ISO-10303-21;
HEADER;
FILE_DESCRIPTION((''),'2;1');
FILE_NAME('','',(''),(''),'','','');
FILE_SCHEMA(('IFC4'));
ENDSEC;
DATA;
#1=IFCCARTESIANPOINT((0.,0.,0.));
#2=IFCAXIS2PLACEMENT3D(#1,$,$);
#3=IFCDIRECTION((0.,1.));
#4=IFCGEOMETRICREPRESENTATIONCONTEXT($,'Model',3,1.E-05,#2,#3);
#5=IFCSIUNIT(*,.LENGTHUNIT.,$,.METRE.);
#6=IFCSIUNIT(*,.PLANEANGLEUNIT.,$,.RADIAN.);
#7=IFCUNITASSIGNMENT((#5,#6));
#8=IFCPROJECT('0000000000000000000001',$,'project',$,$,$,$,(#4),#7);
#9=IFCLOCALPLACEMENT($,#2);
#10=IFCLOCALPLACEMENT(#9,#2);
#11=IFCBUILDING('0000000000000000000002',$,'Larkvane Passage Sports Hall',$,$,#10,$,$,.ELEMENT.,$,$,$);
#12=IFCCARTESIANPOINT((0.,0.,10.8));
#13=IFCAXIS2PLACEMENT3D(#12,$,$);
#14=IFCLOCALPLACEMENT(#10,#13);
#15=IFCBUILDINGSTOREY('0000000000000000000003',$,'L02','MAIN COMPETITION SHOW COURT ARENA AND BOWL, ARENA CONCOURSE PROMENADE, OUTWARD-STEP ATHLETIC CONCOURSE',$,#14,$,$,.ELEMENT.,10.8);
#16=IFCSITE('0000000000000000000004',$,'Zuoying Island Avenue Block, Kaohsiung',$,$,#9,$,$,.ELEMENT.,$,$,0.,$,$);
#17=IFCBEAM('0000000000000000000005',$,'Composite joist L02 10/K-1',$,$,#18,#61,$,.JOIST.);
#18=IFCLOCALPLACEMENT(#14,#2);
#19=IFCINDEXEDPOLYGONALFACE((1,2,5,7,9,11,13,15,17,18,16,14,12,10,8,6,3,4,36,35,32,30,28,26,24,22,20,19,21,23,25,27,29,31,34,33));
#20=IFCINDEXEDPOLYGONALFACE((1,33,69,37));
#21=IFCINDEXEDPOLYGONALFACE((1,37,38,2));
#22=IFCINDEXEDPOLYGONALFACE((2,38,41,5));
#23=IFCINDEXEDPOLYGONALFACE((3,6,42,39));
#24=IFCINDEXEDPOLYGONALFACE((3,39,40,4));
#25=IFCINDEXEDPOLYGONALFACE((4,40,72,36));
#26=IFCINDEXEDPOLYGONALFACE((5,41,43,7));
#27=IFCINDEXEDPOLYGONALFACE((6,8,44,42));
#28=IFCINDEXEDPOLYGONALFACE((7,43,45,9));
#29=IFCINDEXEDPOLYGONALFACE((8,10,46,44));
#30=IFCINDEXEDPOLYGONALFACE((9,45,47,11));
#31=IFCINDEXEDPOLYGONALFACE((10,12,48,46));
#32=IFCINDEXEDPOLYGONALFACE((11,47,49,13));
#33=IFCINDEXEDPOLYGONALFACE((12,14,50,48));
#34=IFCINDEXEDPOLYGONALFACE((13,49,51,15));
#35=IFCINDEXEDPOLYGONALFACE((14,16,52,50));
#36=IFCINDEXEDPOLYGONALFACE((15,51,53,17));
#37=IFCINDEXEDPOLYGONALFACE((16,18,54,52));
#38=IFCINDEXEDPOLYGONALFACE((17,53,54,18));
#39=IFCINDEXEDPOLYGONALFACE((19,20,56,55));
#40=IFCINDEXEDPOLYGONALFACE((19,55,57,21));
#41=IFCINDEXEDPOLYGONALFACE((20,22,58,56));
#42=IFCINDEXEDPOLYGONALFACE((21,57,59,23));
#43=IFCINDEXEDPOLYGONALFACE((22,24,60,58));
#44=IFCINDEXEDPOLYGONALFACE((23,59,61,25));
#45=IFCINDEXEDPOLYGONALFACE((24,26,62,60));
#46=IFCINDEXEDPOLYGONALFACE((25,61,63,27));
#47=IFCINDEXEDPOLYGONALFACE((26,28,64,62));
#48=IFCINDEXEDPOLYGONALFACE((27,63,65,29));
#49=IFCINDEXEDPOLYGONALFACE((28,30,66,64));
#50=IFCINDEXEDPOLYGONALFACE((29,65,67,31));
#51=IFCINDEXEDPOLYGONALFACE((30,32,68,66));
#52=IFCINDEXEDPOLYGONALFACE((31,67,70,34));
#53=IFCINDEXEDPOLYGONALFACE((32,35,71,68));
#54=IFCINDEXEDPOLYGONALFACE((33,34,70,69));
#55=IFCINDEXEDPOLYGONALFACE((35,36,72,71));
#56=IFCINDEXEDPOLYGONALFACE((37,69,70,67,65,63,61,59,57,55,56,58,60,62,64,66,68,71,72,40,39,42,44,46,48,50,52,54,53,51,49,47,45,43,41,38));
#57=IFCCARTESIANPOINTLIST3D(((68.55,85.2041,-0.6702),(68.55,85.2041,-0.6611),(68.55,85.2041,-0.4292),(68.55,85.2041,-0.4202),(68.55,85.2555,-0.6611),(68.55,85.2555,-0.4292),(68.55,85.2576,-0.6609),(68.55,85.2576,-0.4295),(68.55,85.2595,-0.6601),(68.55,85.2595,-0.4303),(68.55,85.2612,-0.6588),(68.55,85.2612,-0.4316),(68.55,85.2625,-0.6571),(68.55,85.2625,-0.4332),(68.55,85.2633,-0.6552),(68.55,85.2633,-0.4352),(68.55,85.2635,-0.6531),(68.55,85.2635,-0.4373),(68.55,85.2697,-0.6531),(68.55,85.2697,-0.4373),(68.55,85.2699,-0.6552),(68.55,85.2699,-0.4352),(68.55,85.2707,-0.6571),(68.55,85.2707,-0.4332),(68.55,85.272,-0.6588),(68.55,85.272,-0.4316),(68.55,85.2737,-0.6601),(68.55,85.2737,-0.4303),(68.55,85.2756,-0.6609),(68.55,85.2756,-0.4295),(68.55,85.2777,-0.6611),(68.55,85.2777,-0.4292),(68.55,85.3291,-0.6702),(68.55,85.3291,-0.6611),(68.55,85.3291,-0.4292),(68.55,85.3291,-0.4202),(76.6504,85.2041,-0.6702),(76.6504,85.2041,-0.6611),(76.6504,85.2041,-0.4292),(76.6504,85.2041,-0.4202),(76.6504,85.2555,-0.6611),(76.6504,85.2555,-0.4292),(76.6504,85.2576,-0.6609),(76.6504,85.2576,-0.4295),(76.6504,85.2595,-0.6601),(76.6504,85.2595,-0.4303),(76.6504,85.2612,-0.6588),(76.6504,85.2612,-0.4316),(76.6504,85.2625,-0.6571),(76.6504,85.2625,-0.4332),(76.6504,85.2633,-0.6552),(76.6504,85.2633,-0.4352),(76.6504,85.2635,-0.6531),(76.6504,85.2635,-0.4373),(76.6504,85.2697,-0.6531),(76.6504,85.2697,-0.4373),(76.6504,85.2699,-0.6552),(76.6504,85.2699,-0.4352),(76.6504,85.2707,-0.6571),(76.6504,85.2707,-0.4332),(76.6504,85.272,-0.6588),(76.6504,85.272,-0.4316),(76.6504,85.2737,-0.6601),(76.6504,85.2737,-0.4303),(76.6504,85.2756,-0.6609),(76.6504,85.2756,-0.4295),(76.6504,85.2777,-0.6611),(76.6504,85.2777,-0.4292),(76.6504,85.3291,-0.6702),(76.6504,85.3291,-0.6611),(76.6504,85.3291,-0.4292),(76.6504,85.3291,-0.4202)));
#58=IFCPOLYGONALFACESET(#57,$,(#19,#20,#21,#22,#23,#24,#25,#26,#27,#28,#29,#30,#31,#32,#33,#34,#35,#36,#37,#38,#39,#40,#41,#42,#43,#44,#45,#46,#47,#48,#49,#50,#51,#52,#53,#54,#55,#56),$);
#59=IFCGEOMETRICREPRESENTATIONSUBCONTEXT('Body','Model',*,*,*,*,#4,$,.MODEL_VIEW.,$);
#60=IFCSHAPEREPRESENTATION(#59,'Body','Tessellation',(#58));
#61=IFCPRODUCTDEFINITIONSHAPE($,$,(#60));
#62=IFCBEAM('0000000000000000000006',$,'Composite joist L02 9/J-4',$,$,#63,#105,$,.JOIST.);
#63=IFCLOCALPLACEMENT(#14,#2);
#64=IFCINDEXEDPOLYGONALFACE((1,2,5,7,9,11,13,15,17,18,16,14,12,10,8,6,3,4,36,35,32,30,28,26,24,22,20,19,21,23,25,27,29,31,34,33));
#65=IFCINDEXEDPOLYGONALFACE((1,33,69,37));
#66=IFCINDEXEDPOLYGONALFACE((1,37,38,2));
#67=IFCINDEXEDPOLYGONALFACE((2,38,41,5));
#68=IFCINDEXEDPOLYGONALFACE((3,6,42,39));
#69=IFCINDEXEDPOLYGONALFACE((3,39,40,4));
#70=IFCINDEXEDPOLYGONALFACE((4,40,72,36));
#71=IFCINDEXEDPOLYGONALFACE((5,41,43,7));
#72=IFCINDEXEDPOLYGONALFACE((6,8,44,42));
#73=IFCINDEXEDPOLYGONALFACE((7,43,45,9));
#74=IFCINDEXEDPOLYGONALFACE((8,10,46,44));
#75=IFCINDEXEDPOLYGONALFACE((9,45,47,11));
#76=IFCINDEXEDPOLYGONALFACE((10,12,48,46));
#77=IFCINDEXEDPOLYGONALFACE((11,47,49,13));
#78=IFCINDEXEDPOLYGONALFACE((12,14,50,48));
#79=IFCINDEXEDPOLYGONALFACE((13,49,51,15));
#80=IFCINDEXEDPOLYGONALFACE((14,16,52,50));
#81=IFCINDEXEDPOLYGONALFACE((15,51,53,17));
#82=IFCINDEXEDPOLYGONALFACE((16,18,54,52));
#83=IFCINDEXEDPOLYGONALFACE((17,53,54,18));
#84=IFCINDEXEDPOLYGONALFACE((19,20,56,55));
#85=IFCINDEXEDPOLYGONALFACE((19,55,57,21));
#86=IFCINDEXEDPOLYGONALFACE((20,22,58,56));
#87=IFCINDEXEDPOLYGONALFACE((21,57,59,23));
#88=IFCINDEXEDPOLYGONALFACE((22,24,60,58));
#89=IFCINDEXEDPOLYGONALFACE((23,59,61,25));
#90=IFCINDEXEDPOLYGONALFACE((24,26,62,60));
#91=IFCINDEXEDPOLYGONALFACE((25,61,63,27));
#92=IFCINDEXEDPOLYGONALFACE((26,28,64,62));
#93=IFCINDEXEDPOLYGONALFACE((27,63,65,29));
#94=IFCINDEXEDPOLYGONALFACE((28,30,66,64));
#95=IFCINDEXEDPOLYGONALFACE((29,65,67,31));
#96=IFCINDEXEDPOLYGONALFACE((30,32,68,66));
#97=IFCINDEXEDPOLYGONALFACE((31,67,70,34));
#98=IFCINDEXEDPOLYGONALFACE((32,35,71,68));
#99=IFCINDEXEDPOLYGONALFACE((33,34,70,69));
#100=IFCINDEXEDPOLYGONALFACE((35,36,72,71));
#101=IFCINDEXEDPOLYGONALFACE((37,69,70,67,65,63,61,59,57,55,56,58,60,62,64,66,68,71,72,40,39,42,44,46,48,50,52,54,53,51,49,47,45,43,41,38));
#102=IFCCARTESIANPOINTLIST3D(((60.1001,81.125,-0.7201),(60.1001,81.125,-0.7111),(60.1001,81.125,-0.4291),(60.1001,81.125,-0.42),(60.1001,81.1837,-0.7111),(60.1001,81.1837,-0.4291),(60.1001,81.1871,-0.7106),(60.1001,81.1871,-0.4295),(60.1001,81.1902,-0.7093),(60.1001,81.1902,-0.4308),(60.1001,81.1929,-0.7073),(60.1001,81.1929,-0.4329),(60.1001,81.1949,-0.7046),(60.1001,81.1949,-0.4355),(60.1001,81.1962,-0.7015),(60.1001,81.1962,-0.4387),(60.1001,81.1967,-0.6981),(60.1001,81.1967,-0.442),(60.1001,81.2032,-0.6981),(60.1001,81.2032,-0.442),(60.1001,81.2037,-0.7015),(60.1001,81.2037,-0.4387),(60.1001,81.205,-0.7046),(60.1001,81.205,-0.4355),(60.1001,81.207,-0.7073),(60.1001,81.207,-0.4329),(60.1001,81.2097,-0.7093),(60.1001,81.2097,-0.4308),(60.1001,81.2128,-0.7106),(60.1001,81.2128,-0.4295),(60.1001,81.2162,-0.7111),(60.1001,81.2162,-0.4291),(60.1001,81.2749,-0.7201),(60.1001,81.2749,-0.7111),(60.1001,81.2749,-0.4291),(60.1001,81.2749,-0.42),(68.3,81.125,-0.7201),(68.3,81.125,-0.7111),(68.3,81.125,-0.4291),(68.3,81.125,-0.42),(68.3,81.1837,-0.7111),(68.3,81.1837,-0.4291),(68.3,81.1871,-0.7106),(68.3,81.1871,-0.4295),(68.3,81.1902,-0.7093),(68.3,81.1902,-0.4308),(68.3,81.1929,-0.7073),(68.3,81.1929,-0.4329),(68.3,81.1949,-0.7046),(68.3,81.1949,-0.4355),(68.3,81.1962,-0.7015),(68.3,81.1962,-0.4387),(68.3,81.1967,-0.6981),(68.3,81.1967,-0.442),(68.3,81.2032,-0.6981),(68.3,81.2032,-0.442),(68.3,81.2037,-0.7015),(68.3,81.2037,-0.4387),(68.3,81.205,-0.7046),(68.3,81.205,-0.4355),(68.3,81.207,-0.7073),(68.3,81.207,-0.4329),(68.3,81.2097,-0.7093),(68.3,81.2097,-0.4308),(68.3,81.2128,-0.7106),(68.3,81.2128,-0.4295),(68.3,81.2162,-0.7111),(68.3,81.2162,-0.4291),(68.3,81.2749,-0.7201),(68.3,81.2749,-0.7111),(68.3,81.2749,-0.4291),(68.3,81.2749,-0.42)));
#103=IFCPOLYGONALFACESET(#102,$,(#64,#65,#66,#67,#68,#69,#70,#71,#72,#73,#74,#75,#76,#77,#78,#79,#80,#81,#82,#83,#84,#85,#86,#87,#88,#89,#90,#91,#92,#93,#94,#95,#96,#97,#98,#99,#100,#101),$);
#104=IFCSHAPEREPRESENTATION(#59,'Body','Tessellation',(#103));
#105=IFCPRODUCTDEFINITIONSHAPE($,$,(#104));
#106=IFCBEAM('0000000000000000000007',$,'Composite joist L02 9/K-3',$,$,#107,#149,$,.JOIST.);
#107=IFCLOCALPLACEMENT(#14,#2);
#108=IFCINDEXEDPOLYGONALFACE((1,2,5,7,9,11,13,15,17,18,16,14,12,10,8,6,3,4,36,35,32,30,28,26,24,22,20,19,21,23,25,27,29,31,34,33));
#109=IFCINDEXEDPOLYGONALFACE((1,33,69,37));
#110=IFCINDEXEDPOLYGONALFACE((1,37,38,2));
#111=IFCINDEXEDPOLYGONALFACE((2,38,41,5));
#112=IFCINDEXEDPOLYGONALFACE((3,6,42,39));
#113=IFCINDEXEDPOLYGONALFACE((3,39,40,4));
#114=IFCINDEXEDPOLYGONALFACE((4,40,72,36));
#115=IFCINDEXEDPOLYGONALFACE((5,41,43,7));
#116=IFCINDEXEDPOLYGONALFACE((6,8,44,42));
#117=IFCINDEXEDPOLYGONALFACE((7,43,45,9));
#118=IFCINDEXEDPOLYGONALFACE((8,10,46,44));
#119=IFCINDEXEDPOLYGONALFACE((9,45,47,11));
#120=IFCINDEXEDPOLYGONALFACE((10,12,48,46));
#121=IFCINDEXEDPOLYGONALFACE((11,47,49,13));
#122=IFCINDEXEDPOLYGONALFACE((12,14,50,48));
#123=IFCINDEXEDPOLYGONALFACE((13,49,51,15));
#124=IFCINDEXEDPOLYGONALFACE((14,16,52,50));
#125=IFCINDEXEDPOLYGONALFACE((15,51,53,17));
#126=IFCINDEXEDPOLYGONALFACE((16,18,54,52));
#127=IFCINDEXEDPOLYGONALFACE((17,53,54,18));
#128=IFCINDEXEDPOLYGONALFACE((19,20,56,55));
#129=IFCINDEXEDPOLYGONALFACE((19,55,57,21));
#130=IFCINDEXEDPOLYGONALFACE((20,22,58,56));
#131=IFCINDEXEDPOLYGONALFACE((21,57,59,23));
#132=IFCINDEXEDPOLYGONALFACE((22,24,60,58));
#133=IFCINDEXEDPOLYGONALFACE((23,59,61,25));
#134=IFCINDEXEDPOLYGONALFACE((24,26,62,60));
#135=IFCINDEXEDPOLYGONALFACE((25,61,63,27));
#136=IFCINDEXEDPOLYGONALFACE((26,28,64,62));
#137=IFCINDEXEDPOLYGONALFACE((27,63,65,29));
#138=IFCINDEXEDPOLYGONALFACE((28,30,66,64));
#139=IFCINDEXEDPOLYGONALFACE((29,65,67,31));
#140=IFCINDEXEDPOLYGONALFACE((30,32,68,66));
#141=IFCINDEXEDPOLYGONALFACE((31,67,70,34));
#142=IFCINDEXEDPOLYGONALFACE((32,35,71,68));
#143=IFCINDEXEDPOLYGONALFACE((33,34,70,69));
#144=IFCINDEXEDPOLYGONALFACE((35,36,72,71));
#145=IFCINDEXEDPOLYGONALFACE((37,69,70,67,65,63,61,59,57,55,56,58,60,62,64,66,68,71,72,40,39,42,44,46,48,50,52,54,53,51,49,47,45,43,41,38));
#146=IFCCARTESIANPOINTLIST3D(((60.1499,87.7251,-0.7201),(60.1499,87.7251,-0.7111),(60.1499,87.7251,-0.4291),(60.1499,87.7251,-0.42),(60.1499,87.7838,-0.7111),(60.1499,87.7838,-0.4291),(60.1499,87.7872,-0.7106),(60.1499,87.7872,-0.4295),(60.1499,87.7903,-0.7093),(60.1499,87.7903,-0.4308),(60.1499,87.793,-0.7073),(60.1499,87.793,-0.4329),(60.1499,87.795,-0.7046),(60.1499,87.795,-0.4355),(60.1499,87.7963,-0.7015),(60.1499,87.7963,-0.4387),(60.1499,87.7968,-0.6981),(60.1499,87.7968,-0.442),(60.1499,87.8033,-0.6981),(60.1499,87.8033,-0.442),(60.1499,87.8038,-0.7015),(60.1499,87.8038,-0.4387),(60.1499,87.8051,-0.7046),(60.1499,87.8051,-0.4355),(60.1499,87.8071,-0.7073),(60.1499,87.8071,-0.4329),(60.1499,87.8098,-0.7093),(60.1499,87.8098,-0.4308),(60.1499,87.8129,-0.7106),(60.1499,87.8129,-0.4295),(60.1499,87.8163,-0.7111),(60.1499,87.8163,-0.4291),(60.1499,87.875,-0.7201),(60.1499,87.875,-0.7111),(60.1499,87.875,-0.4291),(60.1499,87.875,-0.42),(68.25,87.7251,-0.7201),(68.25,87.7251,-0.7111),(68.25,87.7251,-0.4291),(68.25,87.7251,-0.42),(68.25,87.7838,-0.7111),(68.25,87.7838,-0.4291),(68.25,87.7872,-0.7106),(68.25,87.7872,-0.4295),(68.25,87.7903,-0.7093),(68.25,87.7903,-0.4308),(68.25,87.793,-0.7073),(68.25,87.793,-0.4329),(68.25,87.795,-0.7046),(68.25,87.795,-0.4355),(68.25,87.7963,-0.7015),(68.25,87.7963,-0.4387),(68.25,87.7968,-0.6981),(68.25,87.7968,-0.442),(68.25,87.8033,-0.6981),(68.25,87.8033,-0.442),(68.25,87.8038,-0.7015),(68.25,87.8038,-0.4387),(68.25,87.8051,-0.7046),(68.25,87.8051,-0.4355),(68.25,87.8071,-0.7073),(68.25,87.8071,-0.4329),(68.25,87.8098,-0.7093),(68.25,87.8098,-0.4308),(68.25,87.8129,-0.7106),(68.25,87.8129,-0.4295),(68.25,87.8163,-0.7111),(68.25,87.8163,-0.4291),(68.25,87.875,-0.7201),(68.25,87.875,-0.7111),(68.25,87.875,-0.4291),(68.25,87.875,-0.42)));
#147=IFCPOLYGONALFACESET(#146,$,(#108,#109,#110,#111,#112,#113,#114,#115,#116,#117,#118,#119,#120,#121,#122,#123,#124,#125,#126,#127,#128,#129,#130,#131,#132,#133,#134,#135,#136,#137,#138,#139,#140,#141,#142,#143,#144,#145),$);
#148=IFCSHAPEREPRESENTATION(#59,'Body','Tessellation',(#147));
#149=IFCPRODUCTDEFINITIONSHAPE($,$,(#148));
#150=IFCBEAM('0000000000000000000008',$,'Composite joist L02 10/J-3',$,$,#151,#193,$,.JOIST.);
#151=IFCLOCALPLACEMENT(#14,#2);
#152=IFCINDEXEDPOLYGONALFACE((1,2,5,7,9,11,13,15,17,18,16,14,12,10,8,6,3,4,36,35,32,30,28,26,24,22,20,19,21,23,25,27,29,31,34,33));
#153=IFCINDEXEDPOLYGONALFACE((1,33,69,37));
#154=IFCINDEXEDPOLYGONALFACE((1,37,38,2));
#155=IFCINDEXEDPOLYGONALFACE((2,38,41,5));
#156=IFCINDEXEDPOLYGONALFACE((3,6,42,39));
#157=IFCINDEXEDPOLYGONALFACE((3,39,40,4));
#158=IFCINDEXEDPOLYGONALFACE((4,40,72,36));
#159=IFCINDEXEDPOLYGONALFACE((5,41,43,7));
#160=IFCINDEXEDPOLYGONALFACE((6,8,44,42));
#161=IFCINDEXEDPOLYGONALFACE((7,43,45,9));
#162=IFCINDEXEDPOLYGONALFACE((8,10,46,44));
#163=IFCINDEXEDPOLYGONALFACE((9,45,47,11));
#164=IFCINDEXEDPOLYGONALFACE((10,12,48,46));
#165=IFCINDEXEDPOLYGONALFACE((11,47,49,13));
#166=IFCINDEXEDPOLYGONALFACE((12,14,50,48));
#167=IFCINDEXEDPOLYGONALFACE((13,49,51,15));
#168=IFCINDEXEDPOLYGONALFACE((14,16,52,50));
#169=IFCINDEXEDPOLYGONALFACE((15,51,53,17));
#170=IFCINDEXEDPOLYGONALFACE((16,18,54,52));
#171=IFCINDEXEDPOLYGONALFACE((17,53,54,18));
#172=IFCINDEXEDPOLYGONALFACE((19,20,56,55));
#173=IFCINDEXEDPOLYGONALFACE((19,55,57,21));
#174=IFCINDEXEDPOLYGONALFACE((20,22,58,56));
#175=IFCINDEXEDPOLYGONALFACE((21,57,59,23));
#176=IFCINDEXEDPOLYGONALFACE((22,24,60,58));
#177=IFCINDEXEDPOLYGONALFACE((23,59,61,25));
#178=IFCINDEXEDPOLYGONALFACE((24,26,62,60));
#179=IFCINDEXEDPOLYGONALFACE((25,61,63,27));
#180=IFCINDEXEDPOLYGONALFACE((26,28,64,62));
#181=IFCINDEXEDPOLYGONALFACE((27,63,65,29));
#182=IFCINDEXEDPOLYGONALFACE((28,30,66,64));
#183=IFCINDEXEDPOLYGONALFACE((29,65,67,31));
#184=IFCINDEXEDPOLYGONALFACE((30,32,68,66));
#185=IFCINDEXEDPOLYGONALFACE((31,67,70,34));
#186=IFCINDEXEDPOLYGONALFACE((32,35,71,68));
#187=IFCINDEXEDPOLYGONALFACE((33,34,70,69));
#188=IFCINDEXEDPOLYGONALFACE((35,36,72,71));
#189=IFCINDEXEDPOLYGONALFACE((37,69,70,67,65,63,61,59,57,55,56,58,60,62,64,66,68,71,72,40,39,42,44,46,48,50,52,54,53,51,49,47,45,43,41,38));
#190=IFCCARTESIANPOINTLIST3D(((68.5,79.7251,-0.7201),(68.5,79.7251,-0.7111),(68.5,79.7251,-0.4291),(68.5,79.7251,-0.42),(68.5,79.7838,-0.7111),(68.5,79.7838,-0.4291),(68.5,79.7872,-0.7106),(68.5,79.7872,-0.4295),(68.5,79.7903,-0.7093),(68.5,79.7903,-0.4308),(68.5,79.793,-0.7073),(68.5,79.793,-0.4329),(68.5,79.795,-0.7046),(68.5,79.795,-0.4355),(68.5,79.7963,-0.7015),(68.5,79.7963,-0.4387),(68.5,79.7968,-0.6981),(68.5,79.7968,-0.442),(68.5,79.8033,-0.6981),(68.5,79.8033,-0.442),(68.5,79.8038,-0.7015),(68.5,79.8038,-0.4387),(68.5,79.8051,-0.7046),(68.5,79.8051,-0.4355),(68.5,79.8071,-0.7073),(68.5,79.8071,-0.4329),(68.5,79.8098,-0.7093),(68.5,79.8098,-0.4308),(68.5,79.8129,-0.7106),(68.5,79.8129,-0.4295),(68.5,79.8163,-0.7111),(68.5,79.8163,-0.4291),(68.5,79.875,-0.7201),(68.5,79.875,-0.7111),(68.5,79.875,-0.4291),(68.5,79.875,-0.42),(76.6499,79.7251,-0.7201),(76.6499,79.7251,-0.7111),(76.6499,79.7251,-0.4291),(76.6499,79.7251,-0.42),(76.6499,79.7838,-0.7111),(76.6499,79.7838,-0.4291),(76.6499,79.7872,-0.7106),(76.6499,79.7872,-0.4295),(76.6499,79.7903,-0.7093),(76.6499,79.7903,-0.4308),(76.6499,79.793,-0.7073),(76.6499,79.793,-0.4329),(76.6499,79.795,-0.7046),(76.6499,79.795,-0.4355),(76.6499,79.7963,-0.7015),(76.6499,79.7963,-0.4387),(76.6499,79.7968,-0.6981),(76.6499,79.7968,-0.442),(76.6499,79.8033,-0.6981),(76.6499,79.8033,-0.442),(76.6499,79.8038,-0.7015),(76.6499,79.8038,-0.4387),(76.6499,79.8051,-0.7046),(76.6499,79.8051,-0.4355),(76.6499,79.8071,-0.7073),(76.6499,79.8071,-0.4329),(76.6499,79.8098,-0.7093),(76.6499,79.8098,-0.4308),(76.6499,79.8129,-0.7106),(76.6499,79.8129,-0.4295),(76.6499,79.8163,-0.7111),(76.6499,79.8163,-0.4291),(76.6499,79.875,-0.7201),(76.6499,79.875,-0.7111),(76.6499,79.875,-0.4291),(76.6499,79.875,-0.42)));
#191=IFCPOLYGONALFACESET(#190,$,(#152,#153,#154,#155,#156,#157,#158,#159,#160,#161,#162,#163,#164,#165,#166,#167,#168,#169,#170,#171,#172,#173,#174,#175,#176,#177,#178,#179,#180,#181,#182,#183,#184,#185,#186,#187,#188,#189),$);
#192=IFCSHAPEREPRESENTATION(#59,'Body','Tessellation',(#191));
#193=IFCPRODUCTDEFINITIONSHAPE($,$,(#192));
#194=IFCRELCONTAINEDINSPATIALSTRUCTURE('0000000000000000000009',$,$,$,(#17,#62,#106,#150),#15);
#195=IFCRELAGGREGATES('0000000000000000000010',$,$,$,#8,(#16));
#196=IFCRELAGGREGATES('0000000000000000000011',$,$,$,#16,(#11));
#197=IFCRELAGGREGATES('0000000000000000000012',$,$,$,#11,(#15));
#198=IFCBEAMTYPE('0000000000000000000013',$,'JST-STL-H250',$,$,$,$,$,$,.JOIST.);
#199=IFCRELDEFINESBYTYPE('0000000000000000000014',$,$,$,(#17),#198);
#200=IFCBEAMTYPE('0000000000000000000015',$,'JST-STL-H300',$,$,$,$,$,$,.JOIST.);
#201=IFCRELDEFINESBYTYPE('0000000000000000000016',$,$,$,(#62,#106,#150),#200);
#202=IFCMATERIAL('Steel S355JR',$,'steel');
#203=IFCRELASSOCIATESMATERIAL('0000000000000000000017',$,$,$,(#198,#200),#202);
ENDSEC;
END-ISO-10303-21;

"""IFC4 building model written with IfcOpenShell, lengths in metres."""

from ifc_helpers import new_model, si_unit, direction, frame, origin, origin_2d, place, context, subcontext, project, spatial, i_section, extrude, material, material_profile, profile_set, type_object, element, save


model = new_model("IFC4")

# Units and contexts
model_context = context("Model", 3, precision=1e-05, world=origin(), true_north=direction((0.0, 1.0)))
body_context = subcontext(model_context, "Body", "Model", "MODEL_VIEW")
ifc_project = project(units=[si_unit("LENGTHUNIT", "METRE"), si_unit("PLANEANGLEUNIT", "RADIAN")], contexts=[model_context])

# Site, building, storey
site_placement = place(None, origin())
site = spatial("IfcSite", under=ifc_project, at=site_placement, Name="Zuoying Island Avenue Block, Kaohsiung", CompositionType="ELEMENT", RefElevation=0.0)
building_placement = place(site_placement, origin())
building = spatial("IfcBuilding", under=site, at=building_placement, Name="Larkvane Passage Sports Hall", CompositionType="ELEMENT")
storey_placement = place(building_placement, frame((0.0, 0.0, 10.8)))
storey = spatial("IfcBuildingStorey", under=building, at=storey_placement, Name="L02", Description="MAIN COMPETITION SHOW COURT ARENA AND BOWL, ARENA CONCOURSE PROMENADE, OUTWARD-STEP ATHLETIC CONCOURSE", CompositionType="ELEMENT", Elevation=10.8)

# Shared definitions
ifc_material_1 = material(Name="Steel S355JR", Category="steel")

# Beams
ifc_material_profile_1 = material_profile(ifc_material_1, i_section(OverallWidth=0.125, OverallDepth=0.25, WebThickness=0.0061, FlangeThickness=0.009, FilletRadius=0.0081, at=origin_2d()), Name="H-250x125x6x9")
ifc_profile_set_1 = profile_set([ifc_material_profile_1], Name="Steel S355JR")
beam_type_1 = type_object("IfcBeamType", Name="JST-STL-H250", PredefinedType="JOIST", material=ifc_profile_set_1)
beam_1_placement = place(storey_placement, frame((68.55, 85.2666, -0.5452), z_axis=(1.0, 0.0, 0.0), x_axis=(0.0, 1.0, 0.0)))
element("IfcBeam", 1, at=beam_1_placement, inside=storey, type_object=beam_type_1, Name="Composite joist L02 10/K-1", PredefinedType="JOIST", context=body_context, shape_type="SweptSolid", body=[
    extrude(i_section(OverallWidth=0.125, OverallDepth=0.25, WebThickness=0.0061, FlangeThickness=0.009, FilletRadius=0.0081, at=origin_2d()), origin(), (0.0, 0.0, 1.0), 8.1003),
])
ifc_material_profile_2 = material_profile(ifc_material_1, i_section(OverallWidth=0.1499, OverallDepth=0.3, WebThickness=0.0066, FlangeThickness=0.009, FilletRadius=0.0129, at=origin_2d()), Name="H-300x150x6.5x9")
ifc_profile_set_2 = profile_set([ifc_material_profile_2], Name="Steel S355JR")
beam_type_2 = type_object("IfcBeamType", Name="JST-STL-H300", PredefinedType="JOIST", material=ifc_profile_set_2)
beam_2_placement = place(storey_placement, frame((60.1001, 81.2, -0.5701), z_axis=(1.0, 0.0, 0.0), x_axis=(0.0, 1.0, 0.0)))
element("IfcBeam", 2, at=beam_2_placement, inside=storey, type_object=beam_type_2, Name="Composite joist L02 9/J-4", PredefinedType="JOIST", context=body_context, shape_type="SweptSolid", body=[
    extrude(i_section(OverallWidth=0.1499, OverallDepth=0.3, WebThickness=0.0066, FlangeThickness=0.009, FilletRadius=0.0129, at=origin_2d()), origin(), (0.0, 0.0, 1.0), 8.2),
])
beam_3_placement = place(storey_placement, frame((60.1499, 87.8, -0.5701), z_axis=(1.0, 0.0, 0.0), x_axis=(0.0, 1.0, 0.0)))
element("IfcBeam", 3, at=beam_3_placement, inside=storey, type_object=beam_type_2, Name="Composite joist L02 9/K-3", PredefinedType="JOIST", context=body_context, shape_type="SweptSolid", body=[
    extrude(i_section(OverallWidth=0.1499, OverallDepth=0.3, WebThickness=0.0066, FlangeThickness=0.009, FilletRadius=0.0129, at=origin_2d()), origin(), (0.0, 0.0, 1.0), 8.1001),
])
beam_4_placement = place(storey_placement, frame((68.5, 79.8, -0.5701), z_axis=(1.0, 0.0, 0.0), x_axis=(0.0, 1.0, 0.0)))
element("IfcBeam", 4, at=beam_4_placement, inside=storey, type_object=beam_type_2, Name="Composite joist L02 10/J-3", PredefinedType="JOIST", context=body_context, shape_type="SweptSolid", body=[
    extrude(i_section(OverallWidth=0.1499, OverallDepth=0.3, WebThickness=0.0066, FlangeThickness=0.009, FilletRadius=0.0129, at=origin_2d()), origin(), (0.0, 0.0, 1.0), 8.1499),
])

save(model, "model.ifc")
